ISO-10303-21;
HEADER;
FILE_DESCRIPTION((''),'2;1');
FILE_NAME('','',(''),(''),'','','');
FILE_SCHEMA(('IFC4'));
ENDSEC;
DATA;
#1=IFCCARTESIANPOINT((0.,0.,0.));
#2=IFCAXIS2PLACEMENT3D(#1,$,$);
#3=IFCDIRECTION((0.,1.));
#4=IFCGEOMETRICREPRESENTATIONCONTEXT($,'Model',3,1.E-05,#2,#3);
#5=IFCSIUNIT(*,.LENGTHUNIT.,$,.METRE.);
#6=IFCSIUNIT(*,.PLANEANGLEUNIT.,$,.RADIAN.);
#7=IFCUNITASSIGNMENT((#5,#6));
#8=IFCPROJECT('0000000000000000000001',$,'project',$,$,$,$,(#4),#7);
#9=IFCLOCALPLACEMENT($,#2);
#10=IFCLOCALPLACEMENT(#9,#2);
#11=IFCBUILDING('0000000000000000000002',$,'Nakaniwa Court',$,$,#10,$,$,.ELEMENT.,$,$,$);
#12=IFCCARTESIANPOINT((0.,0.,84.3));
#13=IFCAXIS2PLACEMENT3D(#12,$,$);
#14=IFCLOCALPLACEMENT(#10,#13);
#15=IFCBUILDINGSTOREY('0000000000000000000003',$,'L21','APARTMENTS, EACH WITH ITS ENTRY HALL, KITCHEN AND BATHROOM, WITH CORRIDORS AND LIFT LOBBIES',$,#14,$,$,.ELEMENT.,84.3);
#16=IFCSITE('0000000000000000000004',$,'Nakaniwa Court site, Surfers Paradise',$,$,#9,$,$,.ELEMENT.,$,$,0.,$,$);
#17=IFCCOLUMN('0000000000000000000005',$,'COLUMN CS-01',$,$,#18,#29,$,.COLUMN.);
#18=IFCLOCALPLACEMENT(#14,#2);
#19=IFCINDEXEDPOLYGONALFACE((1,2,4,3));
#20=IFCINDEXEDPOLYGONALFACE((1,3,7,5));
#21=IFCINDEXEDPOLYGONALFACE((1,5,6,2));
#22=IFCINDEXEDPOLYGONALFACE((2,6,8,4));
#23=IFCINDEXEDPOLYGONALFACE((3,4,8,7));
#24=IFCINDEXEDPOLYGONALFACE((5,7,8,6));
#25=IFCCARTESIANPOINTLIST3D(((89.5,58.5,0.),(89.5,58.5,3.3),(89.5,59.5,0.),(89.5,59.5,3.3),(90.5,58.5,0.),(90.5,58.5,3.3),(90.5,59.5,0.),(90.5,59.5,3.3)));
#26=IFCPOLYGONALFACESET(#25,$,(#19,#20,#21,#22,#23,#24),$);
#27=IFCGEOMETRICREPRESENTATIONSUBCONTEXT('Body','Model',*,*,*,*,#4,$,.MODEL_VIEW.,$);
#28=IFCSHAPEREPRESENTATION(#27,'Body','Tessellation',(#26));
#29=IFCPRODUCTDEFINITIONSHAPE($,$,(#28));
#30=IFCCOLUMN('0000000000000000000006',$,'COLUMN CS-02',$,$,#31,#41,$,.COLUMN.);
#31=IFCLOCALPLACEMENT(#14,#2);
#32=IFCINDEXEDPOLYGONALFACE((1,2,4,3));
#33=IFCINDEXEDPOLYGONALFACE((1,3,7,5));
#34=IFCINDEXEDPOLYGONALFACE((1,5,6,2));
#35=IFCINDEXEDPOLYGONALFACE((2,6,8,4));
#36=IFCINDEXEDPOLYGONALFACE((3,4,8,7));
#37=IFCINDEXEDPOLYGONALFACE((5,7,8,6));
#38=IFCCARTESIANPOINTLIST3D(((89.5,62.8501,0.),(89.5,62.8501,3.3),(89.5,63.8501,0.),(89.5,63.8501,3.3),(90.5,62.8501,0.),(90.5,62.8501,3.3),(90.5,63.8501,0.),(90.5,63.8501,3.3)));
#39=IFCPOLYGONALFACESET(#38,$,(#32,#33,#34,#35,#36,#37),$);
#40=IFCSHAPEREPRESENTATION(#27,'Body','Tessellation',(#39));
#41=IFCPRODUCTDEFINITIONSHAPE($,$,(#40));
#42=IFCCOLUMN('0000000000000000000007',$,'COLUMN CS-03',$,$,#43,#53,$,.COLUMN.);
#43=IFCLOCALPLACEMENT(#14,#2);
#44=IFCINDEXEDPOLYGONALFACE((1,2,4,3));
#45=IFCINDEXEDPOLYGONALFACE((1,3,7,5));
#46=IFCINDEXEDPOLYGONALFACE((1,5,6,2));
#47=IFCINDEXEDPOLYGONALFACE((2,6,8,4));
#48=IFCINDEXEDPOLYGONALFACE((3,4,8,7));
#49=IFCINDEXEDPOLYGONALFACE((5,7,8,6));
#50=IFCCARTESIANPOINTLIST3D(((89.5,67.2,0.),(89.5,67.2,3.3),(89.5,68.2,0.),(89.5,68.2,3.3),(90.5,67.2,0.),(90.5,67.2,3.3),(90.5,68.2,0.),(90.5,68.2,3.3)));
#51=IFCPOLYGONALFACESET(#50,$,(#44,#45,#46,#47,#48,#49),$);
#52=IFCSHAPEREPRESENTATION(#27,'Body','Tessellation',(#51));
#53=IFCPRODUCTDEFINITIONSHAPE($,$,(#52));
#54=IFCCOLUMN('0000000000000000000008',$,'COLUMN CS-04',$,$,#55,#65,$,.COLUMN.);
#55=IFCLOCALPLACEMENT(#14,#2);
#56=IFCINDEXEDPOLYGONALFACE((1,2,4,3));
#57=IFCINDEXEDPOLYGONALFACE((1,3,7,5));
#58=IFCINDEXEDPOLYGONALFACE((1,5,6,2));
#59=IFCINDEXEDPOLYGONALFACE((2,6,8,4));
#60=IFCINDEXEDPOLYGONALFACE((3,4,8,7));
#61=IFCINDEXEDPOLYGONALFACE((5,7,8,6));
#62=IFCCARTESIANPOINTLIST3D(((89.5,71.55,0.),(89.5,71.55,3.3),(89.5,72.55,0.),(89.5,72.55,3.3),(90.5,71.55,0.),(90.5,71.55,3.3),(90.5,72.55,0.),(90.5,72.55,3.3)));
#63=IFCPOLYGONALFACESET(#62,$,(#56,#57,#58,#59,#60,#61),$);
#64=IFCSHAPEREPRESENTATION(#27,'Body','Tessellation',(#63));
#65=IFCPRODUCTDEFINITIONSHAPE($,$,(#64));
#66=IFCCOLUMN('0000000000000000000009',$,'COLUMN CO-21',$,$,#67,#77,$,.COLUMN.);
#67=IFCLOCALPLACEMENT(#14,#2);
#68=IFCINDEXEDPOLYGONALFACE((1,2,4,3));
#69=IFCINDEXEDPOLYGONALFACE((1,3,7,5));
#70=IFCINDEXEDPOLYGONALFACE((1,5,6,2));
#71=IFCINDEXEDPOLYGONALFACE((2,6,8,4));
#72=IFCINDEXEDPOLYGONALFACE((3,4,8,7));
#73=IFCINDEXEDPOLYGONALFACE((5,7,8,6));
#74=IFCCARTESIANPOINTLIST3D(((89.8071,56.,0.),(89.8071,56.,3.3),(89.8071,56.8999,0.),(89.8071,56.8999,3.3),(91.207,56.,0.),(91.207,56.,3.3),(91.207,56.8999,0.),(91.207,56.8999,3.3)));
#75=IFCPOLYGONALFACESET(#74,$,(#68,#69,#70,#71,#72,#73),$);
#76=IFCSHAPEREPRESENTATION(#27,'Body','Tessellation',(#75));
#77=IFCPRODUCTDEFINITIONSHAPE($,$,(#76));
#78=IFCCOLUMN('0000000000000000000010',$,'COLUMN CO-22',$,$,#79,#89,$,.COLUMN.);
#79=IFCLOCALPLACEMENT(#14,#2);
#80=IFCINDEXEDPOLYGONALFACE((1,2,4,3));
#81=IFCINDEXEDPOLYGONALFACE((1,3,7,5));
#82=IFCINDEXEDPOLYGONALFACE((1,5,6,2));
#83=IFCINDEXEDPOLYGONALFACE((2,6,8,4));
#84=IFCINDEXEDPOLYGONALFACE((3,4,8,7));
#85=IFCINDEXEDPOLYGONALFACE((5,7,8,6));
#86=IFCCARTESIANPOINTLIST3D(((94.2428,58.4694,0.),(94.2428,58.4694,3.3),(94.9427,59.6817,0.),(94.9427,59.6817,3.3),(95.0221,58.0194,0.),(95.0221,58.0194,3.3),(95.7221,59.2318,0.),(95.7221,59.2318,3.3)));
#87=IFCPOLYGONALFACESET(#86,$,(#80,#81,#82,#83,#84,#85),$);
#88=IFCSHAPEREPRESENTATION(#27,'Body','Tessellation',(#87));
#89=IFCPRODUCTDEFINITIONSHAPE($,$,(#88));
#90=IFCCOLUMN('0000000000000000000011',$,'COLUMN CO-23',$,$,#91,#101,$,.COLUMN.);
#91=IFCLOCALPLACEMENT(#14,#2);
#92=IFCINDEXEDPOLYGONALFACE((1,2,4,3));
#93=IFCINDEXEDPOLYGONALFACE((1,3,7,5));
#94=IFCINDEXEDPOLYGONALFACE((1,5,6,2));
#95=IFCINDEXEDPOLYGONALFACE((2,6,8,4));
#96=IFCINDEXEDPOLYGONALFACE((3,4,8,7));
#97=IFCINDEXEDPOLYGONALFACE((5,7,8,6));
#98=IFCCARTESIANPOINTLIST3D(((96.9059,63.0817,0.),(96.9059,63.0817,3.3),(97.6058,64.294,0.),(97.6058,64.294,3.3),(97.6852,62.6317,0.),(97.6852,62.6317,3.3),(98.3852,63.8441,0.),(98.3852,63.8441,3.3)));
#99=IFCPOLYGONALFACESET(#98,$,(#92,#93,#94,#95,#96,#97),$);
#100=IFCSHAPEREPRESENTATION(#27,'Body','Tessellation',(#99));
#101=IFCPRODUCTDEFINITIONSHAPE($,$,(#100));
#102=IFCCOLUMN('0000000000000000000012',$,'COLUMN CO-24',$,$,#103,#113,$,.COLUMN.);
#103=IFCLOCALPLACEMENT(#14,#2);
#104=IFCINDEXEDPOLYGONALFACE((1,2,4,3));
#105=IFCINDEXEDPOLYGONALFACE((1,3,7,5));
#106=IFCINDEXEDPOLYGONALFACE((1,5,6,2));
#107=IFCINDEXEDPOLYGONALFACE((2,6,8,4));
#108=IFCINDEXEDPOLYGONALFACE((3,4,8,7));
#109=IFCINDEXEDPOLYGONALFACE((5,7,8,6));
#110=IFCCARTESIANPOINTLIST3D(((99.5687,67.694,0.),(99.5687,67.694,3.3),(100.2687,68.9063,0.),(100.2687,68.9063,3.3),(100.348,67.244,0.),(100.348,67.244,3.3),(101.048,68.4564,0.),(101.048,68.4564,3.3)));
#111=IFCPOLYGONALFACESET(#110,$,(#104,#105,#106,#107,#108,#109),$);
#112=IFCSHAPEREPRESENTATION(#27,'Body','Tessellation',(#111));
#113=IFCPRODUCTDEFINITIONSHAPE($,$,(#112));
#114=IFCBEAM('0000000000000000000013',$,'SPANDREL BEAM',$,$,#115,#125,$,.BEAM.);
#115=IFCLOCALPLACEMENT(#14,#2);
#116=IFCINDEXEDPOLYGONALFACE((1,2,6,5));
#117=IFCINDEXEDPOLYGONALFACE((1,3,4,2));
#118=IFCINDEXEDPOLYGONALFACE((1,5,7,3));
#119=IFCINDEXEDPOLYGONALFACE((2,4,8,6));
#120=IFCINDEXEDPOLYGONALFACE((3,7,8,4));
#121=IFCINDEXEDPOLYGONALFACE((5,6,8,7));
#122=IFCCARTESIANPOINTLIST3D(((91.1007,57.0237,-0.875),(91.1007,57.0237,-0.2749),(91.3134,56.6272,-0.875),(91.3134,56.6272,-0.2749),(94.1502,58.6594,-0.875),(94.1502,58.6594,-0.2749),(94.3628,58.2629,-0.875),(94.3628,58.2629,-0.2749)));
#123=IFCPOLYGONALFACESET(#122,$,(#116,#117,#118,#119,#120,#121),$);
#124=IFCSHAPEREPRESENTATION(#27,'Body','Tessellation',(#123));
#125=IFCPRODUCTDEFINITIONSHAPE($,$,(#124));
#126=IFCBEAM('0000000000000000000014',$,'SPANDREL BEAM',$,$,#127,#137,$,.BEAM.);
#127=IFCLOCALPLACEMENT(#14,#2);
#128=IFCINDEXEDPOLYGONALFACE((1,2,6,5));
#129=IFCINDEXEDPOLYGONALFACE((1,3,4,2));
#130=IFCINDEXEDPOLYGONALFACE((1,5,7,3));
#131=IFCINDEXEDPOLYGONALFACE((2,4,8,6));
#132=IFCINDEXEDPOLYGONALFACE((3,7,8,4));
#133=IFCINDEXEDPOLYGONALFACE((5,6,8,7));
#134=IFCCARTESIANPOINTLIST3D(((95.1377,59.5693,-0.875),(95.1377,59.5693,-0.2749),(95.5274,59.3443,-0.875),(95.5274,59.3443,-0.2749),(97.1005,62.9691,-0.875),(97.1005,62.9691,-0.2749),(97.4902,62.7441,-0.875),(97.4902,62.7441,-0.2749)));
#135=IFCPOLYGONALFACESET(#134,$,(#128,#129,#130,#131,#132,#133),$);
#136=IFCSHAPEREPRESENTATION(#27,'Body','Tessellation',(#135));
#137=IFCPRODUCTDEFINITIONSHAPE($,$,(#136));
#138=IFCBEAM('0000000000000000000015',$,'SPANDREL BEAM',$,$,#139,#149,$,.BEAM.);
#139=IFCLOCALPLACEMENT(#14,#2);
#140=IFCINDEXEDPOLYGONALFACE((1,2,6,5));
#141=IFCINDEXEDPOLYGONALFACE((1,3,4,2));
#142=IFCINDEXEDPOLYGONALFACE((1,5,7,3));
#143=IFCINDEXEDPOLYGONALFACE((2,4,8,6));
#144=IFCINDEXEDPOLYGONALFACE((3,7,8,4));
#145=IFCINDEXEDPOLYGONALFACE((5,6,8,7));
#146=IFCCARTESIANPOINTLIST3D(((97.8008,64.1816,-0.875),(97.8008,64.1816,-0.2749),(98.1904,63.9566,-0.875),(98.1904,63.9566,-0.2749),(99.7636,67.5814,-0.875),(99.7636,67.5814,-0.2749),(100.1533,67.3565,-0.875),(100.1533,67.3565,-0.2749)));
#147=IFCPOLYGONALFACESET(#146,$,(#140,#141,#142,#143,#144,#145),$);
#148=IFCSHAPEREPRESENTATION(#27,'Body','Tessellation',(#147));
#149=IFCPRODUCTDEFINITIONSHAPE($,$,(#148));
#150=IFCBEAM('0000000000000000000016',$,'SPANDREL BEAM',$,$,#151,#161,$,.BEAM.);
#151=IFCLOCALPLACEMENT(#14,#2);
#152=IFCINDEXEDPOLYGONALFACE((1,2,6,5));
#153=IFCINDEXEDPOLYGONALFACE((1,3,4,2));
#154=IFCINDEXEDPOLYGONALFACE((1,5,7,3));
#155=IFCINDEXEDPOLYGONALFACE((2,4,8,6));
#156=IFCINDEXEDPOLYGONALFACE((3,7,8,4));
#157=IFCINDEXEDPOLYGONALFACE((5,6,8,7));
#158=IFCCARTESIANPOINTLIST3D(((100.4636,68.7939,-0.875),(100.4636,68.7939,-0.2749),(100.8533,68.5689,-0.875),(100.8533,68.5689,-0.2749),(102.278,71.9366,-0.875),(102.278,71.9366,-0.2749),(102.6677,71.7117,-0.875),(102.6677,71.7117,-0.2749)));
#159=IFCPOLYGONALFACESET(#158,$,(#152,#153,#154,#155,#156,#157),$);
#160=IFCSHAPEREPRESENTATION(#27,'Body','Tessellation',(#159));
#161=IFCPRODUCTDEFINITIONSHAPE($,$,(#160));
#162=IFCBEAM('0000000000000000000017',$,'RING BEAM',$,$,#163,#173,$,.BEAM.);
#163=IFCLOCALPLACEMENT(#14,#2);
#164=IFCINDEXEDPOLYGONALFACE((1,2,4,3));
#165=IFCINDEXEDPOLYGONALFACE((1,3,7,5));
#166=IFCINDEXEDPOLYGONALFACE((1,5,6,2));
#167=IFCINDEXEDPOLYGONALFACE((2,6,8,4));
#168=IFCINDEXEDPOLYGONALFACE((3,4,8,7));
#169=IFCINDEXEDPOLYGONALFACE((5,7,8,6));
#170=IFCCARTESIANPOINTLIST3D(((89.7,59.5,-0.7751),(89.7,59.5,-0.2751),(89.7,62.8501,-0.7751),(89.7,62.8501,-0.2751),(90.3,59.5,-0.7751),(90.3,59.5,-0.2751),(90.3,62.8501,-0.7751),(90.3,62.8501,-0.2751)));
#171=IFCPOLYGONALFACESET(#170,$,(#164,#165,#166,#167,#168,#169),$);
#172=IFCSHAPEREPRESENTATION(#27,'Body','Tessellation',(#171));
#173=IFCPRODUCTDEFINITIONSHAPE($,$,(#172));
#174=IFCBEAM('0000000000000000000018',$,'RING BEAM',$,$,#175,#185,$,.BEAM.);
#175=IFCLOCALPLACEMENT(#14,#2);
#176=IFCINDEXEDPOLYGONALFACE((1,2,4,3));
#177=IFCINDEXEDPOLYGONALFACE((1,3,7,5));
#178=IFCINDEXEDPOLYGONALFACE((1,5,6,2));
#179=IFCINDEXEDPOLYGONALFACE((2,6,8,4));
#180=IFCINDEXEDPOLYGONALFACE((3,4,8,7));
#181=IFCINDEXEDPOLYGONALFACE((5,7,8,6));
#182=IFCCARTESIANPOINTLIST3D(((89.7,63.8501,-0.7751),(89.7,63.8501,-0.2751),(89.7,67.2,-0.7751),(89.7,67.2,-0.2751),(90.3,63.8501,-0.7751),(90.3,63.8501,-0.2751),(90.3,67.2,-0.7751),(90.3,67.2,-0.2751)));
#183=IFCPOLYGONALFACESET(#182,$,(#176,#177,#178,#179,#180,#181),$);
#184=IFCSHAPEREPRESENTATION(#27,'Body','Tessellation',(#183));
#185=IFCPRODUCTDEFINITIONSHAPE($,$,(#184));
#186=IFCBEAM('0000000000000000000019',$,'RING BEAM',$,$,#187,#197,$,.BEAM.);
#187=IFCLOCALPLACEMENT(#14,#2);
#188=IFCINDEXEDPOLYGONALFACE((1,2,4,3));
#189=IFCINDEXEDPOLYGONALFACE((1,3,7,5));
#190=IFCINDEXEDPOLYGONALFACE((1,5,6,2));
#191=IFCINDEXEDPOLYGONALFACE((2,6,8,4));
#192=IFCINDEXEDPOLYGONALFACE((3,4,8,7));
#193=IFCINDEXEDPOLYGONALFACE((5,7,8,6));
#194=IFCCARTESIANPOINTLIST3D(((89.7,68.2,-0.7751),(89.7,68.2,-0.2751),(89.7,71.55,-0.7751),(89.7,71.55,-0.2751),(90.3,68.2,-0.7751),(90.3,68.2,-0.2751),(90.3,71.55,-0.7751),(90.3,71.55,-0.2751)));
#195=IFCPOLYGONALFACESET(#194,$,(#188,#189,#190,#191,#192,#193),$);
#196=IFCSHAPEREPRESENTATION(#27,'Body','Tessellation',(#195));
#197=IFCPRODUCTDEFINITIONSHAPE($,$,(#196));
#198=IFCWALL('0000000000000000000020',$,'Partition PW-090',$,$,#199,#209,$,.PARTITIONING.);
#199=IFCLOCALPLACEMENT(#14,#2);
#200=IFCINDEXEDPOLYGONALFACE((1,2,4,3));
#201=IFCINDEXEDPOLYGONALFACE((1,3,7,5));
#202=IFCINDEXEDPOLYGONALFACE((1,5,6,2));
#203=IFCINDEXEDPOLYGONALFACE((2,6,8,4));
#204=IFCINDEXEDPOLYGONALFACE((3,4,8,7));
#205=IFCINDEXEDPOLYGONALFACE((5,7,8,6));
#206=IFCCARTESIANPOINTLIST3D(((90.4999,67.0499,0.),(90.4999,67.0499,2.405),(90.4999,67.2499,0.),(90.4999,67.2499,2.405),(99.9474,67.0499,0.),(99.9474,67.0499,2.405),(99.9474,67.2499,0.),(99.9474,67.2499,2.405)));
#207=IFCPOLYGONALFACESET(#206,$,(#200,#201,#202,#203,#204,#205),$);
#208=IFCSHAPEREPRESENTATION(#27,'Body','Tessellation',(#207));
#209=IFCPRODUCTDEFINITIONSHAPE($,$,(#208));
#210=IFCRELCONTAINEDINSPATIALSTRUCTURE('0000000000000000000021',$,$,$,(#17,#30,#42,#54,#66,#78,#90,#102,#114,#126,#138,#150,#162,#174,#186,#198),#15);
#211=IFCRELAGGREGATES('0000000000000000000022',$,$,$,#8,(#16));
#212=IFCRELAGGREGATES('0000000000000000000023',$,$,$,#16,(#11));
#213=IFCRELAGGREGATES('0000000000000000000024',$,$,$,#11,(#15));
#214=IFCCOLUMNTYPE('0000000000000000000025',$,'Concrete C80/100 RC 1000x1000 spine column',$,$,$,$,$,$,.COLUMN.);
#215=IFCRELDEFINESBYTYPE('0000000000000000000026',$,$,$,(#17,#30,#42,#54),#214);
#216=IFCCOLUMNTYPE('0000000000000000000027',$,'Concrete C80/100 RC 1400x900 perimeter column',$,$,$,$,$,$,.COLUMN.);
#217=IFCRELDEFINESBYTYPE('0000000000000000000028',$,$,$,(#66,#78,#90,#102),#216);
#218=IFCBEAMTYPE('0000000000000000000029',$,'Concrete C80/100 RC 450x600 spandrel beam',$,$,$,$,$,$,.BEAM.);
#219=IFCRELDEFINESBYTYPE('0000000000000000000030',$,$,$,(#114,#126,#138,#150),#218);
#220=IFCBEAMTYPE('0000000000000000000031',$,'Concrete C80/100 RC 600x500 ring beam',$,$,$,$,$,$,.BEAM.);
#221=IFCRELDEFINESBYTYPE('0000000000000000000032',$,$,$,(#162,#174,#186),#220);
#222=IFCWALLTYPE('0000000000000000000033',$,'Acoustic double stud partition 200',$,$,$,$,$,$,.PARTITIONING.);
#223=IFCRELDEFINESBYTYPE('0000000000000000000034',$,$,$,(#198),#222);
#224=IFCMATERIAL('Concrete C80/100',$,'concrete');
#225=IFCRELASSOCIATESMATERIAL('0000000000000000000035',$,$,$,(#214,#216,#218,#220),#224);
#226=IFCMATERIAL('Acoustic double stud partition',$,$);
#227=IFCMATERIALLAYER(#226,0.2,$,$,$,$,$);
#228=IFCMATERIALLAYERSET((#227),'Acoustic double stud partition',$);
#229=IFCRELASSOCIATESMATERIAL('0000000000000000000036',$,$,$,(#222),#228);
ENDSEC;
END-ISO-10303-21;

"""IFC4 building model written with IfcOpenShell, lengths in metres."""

from ifc_helpers import new_model, si_unit, direction, frame, frame_2d, origin, origin_2d, place, context, subcontext, project, spatial, rectangle, extrude, material, layer, layer_set, material_profile, profile_set, type_object, element, save


model = new_model("IFC4")

# Units and contexts
model_context = context("Model", 3, precision=1e-05, world=origin(), true_north=direction((0.0, 1.0)))
body_context = subcontext(model_context, "Body", "Model", "MODEL_VIEW")
ifc_project = project(units=[si_unit("LENGTHUNIT", "METRE"), si_unit("PLANEANGLEUNIT", "RADIAN")], contexts=[model_context])

# Site, building, storey
site_placement = place(None, origin())
site = spatial("IfcSite", under=ifc_project, at=site_placement, Name="Nakaniwa Court site, Surfers Paradise", CompositionType="ELEMENT", RefElevation=0.0)
building_placement = place(site_placement, origin())
building = spatial("IfcBuilding", under=site, at=building_placement, Name="Nakaniwa Court", CompositionType="ELEMENT")
storey_placement = place(building_placement, frame((0.0, 0.0, 84.3)))
storey = spatial("IfcBuildingStorey", under=building, at=storey_placement, Name="L21", Description="APARTMENTS, EACH WITH ITS ENTRY HALL, KITCHEN AND BATHROOM, WITH CORRIDORS AND LIFT LOBBIES", CompositionType="ELEMENT", Elevation=84.3)

# Columns
ifc_material_1 = material(Name="Concrete C80/100", Category="concrete")
ifc_material_profile_1 = material_profile(ifc_material_1, rectangle(XDim=1.0, YDim=1.0, at=origin_2d()), Name="Concrete C80/100 RC 1000x1000 spine column")
ifc_profile_set_1 = profile_set([ifc_material_profile_1], Name="Concrete C80/100")
column_type_1 = type_object("IfcColumnType", Name="Concrete C80/100 RC 1000x1000 spine column", PredefinedType="COLUMN", material=ifc_profile_set_1)
for number, where, z_axis, x_axis, name in (
    (1, (90.0, 59.0, 0.0), (0.0, 0.0, 1.0), (0.0, 1.0, 0.0), "COLUMN CS-01"),
    (2, (90.0, 63.3501, 0.0), (0.0, 0.0, 1.0), (0.0, 1.0, 0.0), "COLUMN CS-02"),
    (3, (90.0, 67.7, 0.0), (0.0, 0.0, 1.0), (0.0, 1.0, 0.0), "COLUMN CS-03"),
    (4, (90.0, 72.05, 0.0), (0.0, 0.0, 1.0), (0.0, 1.0, 0.0), "COLUMN CS-04"),
):
    element("IfcColumn", number, at=place(storey_placement, frame(where, z_axis=z_axis, x_axis=x_axis)), inside=storey, type_object=column_type_1, Name=name, PredefinedType="COLUMN", context=body_context, shape_type="SweptSolid", body=[
        extrude(rectangle(XDim=1.0, YDim=1.0, at=origin_2d()), origin(), (0.0, 0.0, 1.0), 3.3),
    ])
ifc_material_profile_2 = material_profile(ifc_material_1, rectangle(XDim=1.3999, YDim=0.8999, at=origin_2d()), Name="Concrete C80/100 RC 1400x900 perimeter column")
ifc_profile_set_2 = profile_set([ifc_material_profile_2], Name="Concrete C80/100")
column_type_2 = type_object("IfcColumnType", Name="Concrete C80/100 RC 1400x900 perimeter column", PredefinedType="COLUMN", material=ifc_profile_set_2)
for number, where, z_axis, x_axis, name in (
    (5, (90.5071, 56.45, 0.0), (0.0, 0.0, 1.0), (1.0, 0.0, 0.0), "COLUMN CO-21"),
    (6, (94.9824, 58.8506, 0.0), (0.0, 0.0, 1.0), (0.5, 0.866025, 0.0), "COLUMN CO-22"),
    (7, (97.6455, 63.4629, 0.0), (0.0, 0.0, 1.0), (0.5, 0.866025, 0.0), "COLUMN CO-23"),
    (8, (100.3083, 68.0752, 0.0), (0.0, 0.0, 1.0), (0.5, 0.866025, 0.0), "COLUMN CO-24"),
):
    element("IfcColumn", number, at=place(storey_placement, frame(where, z_axis=z_axis, x_axis=x_axis)), inside=storey, type_object=column_type_2, Name=name, PredefinedType="COLUMN", context=body_context, shape_type="SweptSolid", body=[
        extrude(rectangle(XDim=1.3999, YDim=0.8999, at=origin_2d()), origin(), (0.0, 0.0, 1.0), 3.3),
    ])

# Beams
ifc_material_profile_3 = material_profile(ifc_material_1, rectangle(XDim=0.45, YDim=0.6001, at=origin_2d()), Name="Concrete C80/100 RC 450x600 spandrel beam")
ifc_profile_set_3 = profile_set([ifc_material_profile_3], Name="Concrete C80/100")
beam_type_1 = type_object("IfcBeamType", Name="Concrete C80/100 RC 450x600 spandrel beam", PredefinedType="BEAM", material=ifc_profile_set_3)
beam_1_placement = place(storey_placement, frame((91.207, 56.8254, -0.575), z_axis=(0.881233, 0.472681, 0.0), x_axis=(-0.472681, 0.881233, 0.0)))
element("IfcBeam", 9, at=beam_1_placement, inside=storey, type_object=beam_type_1, Name="SPANDREL BEAM", PredefinedType="BEAM", context=body_context, shape_type="SweptSolid", body=[
    extrude(rectangle(XDim=0.45, YDim=0.6001, at=origin_2d()), origin(), (0.0, 0.0, 1.0), 3.4604),
])
for number, where, z_axis, x_axis, name in (
    (10, (95.3325, 59.4568, -0.575), (0.499992, 0.86603, 0.0), (-0.86603, 0.499992, 0.0), "SPANDREL BEAM"),
    (11, (97.9956, 64.0691, -0.575), (0.499992, 0.86603, 0.0), (-0.86603, 0.499992, 0.0), "SPANDREL BEAM"),
):
    element("IfcBeam", number, at=place(storey_placement, frame(where, z_axis=z_axis, x_axis=x_axis)), inside=storey, type_object=beam_type_1, Name=name, PredefinedType="BEAM", context=body_context, shape_type="SweptSolid", body=[
        extrude(rectangle(XDim=0.45, YDim=0.6001, at=origin_2d()), origin(), (0.0, 0.0, 1.0), 3.9258),
    ])
beam_2_placement = place(storey_placement, frame((100.6584, 68.6814, -0.575), z_axis=(0.499988, 0.866032, 0.0), x_axis=(-0.866032, 0.499988, 0.0)))
element("IfcBeam", 12, at=beam_2_placement, inside=storey, type_object=beam_type_1, Name="SPANDREL BEAM", PredefinedType="BEAM", context=body_context, shape_type="SweptSolid", body=[
    extrude(rectangle(XDim=0.45, YDim=0.6001, at=origin_2d()), origin(), (0.0, 0.0, 1.0), 3.6289),
])
ifc_material_profile_4 = material_profile(ifc_material_1, rectangle(XDim=0.6001, YDim=0.5, at=origin_2d()), Name="Concrete C80/100 RC 600x500 ring beam")
ifc_profile_set_4 = profile_set([ifc_material_profile_4], Name="Concrete C80/100")
beam_type_2 = type_object("IfcBeamType", Name="Concrete C80/100 RC 600x500 ring beam", PredefinedType="BEAM", material=ifc_profile_set_4)
beam_3_placement = place(storey_placement, frame((90.0, 59.5, -0.5251), z_axis=(0.0, 1.0, 0.0), x_axis=(-1.0, 0.0, 0.0)))
element("IfcBeam", 13, at=beam_3_placement, inside=storey, type_object=beam_type_2, Name="RING BEAM", PredefinedType="BEAM", context=body_context, shape_type="SweptSolid", body=[
    extrude(rectangle(XDim=0.6001, YDim=0.5, at=origin_2d()), origin(), (0.0, 0.0, 1.0), 3.3501),
])
beam_4_placement = place(storey_placement, frame((90.0, 63.8501, -0.5251), z_axis=(0.0, 1.0, 0.0), x_axis=(-1.0, 0.0, 0.0)))
element("IfcBeam", 14, at=beam_4_placement, inside=storey, type_object=beam_type_2, Name="RING BEAM", PredefinedType="BEAM", context=body_context, shape_type="SweptSolid", body=[
    extrude(rectangle(XDim=0.6001, YDim=0.5, at=origin_2d()), origin(), (0.0, 0.0, 1.0), 3.3499),
])
beam_5_placement = place(storey_placement, frame((90.0, 68.2, -0.5251), z_axis=(0.0, 1.0, 0.0), x_axis=(-1.0, 0.0, 0.0)))
element("IfcBeam", 15, at=beam_5_placement, inside=storey, type_object=beam_type_2, Name="RING BEAM", PredefinedType="BEAM", context=body_context, shape_type="SweptSolid", body=[
    extrude(rectangle(XDim=0.6001, YDim=0.5, at=origin_2d()), origin(), (0.0, 0.0, 1.0), 3.3501),
])

# Wall
ifc_material_2 = material(Name="Acoustic double stud partition")
ifc_layer_1 = layer(ifc_material_2, 0.2)
ifc_layer_set_1 = layer_set([ifc_layer_1], Name="Acoustic double stud partition")
wall_type_1 = type_object("IfcWallType", Name="Acoustic double stud partition 200", PredefinedType="PARTITIONING", material=ifc_layer_set_1)
wall_1_placement = place(storey_placement, frame((90.5, 67.1499, 0.0), z_axis=(0.0, 0.0, 1.0), x_axis=(1.0, 0.0, 0.0)))
element("IfcWall", 16, at=wall_1_placement, inside=storey, type_object=wall_type_1, Name="Partition PW-090", PredefinedType="PARTITIONING", context=body_context, shape_type="SweptSolid", body=[
    extrude(rectangle(XDim=9.4475, YDim=0.2, at=frame_2d((4.7236, 0.0))), origin(), (0.0, 0.0, 1.0), 2.405),
])

save(model, "model.ifc")
